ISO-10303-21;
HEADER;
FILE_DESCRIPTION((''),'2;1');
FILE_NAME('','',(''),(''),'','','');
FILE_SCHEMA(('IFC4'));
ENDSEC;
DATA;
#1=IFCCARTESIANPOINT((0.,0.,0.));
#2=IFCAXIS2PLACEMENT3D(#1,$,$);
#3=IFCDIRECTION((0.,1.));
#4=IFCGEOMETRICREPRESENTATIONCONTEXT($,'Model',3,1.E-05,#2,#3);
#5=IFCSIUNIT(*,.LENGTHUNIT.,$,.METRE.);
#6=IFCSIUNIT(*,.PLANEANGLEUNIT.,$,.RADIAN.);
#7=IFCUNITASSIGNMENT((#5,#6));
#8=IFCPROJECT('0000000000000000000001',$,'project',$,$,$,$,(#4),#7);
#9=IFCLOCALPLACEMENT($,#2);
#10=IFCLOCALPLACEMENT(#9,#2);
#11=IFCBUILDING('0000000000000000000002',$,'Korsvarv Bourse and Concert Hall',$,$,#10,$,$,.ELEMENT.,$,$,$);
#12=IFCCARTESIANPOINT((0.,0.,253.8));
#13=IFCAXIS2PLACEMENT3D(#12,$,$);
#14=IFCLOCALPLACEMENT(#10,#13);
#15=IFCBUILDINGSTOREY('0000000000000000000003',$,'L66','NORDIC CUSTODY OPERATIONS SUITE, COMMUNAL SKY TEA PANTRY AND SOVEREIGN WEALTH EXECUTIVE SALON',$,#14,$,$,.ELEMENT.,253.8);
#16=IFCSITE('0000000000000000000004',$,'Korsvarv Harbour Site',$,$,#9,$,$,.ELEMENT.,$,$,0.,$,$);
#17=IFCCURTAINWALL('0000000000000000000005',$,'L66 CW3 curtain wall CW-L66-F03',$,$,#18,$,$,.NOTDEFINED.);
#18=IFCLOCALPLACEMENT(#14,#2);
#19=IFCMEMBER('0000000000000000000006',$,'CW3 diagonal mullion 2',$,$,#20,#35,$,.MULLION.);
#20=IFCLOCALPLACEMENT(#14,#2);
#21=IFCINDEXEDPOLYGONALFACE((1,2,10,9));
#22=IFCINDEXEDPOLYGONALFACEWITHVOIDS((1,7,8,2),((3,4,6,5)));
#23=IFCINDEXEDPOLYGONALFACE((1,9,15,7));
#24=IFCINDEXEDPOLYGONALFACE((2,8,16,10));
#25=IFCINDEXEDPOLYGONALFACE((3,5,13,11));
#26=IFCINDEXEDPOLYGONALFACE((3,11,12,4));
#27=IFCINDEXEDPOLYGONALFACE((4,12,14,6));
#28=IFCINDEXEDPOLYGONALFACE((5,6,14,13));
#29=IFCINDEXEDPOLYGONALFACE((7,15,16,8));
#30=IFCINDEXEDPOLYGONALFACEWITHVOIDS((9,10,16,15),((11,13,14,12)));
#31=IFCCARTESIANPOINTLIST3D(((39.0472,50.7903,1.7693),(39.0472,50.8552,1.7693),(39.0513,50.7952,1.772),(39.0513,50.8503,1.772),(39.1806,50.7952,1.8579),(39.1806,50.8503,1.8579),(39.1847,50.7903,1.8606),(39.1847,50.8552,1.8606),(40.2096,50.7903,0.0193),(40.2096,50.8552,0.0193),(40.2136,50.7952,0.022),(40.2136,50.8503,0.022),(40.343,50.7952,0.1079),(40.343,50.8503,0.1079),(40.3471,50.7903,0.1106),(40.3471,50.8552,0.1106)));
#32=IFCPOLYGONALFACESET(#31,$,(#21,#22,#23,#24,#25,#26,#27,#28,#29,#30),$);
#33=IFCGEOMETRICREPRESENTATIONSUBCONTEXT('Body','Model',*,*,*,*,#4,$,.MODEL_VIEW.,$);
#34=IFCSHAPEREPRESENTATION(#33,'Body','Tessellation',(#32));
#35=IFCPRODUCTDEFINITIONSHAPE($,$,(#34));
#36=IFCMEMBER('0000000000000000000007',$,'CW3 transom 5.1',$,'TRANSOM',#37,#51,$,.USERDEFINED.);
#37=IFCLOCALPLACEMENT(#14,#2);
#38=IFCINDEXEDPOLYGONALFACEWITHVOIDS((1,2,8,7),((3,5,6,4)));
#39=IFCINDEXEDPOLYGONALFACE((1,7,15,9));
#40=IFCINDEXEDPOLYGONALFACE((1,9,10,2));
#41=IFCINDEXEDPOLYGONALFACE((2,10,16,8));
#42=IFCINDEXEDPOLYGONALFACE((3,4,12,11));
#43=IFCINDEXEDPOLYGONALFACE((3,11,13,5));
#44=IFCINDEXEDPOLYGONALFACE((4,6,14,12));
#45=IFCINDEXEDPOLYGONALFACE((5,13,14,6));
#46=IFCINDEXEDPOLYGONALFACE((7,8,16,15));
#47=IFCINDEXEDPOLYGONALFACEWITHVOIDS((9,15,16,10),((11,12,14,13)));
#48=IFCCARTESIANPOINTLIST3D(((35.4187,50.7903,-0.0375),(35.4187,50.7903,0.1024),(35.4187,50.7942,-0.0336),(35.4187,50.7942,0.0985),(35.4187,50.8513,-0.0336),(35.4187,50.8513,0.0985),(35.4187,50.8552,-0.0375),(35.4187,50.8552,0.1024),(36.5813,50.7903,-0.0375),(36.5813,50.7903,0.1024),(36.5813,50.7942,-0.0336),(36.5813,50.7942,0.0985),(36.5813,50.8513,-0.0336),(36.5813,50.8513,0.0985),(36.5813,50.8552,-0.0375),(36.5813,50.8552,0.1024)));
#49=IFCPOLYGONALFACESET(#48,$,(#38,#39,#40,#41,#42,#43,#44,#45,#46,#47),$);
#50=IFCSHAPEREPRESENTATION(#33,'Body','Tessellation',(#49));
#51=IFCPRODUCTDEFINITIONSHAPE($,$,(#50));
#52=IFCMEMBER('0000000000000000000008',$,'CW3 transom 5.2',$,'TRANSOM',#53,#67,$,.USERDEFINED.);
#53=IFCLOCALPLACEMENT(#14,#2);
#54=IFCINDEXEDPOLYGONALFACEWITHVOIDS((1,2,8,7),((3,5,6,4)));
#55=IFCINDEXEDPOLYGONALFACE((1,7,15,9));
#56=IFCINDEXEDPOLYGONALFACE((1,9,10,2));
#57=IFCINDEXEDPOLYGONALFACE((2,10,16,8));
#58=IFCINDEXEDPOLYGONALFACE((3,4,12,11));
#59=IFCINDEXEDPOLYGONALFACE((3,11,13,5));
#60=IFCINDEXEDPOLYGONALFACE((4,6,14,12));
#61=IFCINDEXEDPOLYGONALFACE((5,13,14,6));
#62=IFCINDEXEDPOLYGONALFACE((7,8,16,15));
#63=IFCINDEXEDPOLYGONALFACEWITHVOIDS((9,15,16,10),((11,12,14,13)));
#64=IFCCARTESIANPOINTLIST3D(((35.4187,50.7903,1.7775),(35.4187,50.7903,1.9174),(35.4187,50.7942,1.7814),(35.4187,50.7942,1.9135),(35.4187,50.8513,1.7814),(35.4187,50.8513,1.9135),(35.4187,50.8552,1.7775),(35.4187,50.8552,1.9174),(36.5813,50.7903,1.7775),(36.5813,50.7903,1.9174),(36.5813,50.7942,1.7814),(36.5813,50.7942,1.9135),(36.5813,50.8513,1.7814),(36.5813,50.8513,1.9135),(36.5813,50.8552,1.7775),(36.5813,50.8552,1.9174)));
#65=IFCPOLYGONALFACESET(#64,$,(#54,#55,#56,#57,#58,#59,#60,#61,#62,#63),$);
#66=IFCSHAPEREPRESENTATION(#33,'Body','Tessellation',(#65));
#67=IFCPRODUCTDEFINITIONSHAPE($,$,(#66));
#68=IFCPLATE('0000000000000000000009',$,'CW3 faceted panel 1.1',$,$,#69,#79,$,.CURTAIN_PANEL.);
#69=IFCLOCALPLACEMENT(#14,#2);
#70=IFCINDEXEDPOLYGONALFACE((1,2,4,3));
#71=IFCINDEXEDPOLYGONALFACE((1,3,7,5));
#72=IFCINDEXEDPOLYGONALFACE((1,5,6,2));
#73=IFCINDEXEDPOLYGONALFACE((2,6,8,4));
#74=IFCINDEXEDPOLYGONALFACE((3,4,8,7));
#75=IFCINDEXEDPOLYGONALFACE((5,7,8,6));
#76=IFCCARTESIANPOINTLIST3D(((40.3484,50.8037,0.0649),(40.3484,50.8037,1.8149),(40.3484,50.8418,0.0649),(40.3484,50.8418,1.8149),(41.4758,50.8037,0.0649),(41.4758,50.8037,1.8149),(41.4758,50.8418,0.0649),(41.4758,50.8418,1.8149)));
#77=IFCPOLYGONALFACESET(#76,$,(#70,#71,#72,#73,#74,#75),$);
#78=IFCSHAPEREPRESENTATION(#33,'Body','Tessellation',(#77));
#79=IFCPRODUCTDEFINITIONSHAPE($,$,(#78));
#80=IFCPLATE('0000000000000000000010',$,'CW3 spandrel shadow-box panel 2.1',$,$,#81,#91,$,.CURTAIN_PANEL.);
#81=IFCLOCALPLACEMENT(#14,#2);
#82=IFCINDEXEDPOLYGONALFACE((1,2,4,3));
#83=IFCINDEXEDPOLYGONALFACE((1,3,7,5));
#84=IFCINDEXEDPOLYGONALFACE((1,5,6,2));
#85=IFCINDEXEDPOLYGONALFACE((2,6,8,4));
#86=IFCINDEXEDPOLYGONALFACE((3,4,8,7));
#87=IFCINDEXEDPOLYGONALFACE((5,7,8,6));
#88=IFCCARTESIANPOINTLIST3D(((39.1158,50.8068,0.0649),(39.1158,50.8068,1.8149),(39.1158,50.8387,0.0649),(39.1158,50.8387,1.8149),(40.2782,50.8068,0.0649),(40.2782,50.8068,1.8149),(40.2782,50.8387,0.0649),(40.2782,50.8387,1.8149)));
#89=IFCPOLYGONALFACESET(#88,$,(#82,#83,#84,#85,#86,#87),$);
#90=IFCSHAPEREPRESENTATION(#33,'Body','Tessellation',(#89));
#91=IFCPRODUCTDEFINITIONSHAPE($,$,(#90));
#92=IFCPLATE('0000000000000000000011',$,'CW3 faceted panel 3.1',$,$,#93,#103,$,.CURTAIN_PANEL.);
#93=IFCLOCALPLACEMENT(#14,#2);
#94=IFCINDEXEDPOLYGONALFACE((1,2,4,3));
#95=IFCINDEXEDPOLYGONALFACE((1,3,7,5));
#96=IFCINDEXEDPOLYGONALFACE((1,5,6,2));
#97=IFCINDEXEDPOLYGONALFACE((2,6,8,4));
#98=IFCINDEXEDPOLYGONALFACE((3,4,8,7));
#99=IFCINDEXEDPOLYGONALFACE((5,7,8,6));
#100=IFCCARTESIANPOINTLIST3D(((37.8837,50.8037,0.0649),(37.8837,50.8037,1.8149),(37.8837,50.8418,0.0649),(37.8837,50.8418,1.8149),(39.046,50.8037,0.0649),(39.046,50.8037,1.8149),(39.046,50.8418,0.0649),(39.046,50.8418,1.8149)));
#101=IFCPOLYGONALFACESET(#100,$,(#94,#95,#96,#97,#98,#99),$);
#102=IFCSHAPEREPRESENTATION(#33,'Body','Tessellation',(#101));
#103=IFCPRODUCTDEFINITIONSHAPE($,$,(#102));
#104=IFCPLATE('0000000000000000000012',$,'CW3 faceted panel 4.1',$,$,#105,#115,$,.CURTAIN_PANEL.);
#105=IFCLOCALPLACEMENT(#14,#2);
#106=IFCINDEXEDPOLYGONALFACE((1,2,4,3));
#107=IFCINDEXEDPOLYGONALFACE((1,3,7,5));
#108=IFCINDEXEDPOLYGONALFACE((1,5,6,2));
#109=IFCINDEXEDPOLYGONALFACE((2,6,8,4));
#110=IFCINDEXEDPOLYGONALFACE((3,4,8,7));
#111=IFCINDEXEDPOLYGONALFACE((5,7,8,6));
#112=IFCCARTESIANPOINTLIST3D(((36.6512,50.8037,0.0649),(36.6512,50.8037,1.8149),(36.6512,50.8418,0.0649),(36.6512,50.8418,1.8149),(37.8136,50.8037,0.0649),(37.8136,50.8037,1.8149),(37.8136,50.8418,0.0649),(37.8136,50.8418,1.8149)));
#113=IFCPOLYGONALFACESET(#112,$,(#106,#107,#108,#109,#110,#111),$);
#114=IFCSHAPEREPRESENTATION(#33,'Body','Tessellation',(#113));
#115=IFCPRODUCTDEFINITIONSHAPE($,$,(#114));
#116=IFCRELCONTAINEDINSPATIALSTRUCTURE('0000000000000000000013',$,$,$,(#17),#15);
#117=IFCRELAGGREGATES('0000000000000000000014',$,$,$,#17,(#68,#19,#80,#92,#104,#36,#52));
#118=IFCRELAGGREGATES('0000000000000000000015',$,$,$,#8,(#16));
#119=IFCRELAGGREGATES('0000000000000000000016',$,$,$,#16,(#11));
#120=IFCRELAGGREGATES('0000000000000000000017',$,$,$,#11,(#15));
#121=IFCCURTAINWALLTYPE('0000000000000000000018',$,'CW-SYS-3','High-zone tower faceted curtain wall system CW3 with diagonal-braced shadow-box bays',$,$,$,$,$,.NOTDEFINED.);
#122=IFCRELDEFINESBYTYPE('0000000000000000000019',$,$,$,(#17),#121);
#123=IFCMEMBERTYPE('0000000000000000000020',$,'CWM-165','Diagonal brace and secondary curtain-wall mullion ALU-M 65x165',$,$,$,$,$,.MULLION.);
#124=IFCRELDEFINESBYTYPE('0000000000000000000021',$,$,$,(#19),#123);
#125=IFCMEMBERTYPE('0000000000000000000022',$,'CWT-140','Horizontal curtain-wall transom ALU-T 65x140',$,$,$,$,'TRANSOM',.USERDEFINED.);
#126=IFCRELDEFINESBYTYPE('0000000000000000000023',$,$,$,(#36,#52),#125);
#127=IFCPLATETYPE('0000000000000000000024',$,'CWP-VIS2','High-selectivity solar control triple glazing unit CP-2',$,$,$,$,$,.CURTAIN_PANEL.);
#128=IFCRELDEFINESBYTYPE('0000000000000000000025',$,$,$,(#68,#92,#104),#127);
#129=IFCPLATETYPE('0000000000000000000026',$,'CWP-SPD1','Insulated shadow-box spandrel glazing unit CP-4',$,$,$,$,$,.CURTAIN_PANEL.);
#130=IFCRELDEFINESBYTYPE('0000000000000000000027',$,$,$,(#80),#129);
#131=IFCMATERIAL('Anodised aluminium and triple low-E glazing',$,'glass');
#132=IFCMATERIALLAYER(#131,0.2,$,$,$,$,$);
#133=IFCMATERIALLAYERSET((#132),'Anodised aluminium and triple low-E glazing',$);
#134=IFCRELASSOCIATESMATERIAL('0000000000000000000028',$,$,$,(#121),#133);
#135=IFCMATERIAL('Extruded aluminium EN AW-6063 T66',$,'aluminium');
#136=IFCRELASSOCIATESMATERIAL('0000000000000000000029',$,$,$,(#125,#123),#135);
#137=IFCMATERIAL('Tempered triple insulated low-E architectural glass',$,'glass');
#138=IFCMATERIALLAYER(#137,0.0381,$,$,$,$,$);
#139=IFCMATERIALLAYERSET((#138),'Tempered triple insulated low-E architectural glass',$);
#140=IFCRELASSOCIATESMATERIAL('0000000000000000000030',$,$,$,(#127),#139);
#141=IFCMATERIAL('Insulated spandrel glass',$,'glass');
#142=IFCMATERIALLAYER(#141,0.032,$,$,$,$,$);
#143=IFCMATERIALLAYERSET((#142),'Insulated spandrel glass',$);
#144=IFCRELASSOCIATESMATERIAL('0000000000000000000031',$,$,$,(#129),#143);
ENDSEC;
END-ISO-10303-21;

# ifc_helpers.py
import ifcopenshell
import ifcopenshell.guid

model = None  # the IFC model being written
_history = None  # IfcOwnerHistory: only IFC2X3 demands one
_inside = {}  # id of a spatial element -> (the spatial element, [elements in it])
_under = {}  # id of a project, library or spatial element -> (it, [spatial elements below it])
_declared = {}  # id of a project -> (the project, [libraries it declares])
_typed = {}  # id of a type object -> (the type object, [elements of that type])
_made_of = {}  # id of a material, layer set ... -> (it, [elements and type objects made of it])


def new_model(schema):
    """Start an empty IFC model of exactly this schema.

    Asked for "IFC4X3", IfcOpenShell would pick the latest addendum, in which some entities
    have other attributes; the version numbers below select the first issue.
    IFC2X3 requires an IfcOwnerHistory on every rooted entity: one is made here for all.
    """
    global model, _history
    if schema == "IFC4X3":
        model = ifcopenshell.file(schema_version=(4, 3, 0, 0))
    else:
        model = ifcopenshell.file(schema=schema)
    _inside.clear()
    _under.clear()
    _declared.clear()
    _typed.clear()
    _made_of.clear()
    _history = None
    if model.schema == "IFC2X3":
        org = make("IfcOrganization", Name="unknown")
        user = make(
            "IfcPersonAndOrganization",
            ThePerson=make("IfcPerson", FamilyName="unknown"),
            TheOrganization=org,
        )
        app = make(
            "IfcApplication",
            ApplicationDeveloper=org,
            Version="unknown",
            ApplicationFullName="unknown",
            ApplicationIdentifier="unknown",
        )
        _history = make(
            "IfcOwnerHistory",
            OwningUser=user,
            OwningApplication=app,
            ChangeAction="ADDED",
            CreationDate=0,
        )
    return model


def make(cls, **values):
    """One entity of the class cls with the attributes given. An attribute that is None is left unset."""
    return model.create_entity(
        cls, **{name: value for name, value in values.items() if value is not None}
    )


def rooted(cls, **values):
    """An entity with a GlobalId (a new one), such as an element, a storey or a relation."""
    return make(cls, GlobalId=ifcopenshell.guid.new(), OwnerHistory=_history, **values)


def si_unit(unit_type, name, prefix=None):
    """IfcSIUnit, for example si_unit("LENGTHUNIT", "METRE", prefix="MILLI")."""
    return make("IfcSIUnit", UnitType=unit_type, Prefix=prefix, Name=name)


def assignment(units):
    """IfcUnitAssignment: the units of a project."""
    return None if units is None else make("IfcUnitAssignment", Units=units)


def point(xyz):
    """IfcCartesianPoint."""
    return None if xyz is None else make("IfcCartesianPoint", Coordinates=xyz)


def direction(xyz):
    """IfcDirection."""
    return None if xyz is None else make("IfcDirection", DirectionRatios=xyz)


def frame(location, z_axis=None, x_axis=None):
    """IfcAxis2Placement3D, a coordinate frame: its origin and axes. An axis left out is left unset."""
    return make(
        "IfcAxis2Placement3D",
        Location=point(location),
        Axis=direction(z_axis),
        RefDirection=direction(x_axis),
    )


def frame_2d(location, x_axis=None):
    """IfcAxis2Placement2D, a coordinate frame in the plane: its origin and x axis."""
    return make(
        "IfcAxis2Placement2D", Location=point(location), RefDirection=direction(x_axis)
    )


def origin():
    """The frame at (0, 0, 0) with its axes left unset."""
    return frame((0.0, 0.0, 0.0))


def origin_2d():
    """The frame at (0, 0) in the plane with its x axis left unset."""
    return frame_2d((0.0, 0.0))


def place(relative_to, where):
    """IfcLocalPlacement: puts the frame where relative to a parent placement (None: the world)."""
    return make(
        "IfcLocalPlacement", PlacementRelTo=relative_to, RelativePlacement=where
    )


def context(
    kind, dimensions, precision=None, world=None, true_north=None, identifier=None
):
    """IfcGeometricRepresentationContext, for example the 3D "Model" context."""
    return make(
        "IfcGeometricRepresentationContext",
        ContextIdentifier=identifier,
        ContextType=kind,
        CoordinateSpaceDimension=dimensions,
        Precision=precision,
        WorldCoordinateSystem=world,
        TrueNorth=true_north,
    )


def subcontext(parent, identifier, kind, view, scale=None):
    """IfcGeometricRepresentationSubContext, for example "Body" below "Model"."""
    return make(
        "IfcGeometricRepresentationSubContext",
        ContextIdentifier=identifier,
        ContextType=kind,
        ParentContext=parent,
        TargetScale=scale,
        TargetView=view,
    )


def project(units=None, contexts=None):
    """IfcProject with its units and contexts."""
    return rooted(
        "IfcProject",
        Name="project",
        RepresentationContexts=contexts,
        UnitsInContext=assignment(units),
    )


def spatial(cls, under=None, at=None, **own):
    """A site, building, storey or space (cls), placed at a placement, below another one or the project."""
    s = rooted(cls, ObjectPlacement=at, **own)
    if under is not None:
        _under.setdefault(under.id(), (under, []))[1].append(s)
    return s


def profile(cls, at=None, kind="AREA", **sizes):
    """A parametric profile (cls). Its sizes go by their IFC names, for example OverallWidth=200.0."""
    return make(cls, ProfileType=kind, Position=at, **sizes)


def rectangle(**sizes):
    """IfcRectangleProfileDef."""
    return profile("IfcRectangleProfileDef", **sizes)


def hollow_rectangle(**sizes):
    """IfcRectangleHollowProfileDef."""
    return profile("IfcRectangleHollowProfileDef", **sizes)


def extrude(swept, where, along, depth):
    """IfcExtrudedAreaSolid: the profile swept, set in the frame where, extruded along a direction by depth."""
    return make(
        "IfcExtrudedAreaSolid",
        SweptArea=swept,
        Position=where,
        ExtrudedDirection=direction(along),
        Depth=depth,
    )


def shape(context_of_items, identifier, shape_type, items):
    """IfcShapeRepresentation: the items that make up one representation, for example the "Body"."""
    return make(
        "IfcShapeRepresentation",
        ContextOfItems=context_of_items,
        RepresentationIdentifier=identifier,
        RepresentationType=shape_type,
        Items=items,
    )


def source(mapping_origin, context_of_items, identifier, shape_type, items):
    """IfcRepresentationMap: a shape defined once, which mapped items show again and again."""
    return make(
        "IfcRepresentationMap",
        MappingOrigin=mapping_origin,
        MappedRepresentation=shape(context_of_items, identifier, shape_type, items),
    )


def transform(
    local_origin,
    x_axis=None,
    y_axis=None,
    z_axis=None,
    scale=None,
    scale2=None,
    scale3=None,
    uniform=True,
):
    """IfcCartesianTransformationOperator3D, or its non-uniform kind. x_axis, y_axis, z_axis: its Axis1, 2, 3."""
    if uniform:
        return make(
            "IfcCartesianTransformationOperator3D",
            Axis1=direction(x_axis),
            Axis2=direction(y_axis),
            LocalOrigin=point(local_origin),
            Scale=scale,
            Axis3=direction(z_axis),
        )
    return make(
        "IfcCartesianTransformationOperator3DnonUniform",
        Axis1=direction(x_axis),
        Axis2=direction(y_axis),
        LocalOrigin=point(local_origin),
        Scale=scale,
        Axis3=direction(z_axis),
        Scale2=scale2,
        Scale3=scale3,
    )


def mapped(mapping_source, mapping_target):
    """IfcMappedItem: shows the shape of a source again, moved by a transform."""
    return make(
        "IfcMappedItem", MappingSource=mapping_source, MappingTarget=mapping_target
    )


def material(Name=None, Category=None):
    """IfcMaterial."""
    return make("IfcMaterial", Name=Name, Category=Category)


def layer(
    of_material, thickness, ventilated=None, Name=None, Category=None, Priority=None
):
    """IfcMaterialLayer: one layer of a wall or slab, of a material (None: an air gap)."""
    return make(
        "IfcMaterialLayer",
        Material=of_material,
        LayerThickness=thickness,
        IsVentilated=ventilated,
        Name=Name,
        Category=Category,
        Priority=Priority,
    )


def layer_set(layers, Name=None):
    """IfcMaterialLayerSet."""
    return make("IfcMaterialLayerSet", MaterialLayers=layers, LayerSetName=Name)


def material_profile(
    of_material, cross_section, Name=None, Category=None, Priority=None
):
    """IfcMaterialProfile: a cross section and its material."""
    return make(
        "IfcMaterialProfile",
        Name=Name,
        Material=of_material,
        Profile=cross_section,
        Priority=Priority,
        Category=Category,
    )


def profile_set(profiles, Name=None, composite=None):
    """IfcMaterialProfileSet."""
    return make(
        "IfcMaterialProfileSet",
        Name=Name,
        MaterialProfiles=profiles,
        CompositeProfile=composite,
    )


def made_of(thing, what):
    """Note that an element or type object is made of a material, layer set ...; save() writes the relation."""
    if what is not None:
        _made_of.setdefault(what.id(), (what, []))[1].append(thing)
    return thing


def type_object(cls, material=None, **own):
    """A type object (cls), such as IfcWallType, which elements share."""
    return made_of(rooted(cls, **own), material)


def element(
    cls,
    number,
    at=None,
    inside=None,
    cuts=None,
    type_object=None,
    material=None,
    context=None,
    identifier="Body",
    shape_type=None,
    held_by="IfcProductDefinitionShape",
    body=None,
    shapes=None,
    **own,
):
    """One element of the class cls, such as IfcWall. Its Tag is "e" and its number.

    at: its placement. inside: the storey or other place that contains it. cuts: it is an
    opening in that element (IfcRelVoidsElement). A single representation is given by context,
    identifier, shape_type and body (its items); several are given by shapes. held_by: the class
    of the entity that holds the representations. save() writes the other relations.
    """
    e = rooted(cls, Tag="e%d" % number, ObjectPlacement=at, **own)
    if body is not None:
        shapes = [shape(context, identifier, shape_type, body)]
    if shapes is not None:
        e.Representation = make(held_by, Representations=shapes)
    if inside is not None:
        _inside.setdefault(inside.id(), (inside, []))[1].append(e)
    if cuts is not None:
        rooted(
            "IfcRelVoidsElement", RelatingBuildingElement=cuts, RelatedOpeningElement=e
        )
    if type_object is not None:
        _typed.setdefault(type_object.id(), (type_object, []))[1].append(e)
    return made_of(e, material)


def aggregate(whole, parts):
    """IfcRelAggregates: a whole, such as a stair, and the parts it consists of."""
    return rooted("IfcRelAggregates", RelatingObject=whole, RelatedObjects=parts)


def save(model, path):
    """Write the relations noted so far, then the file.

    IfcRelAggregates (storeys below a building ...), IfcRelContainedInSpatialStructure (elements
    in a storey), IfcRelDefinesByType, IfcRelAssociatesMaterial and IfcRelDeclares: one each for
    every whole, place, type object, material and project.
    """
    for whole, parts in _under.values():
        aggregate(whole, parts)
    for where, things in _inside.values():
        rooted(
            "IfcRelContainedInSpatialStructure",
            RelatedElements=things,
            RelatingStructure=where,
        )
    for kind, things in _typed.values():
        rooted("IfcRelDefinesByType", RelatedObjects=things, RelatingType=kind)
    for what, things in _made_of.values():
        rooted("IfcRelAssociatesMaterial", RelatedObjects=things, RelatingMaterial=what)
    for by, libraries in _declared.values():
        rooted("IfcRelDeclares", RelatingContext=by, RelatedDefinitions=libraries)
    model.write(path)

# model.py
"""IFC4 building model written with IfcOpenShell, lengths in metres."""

from ifc_helpers import new_model, si_unit, direction, frame, origin, origin_2d, place, context, subcontext, project, spatial, rectangle, hollow_rectangle, extrude, source, transform, mapped, material, layer, layer_set, material_profile, profile_set, type_object, element, aggregate, save


model = new_model("IFC4")

# Units and contexts
model_context = context("Model", 3, precision=1e-05, world=origin(), true_north=direction((0.0, 1.0)))
body_context = subcontext(model_context, "Body", "Model", "MODEL_VIEW")
ifc_project = project(units=[si_unit("LENGTHUNIT", "METRE"), si_unit("PLANEANGLEUNIT", "RADIAN")], contexts=[model_context])

# Site, building, storey
site_placement = place(None, origin())
site = spatial("IfcSite", under=ifc_project, at=site_placement, Name="Korsvarv Harbour Site", CompositionType="ELEMENT", RefElevation=0.0)
building_placement = place(site_placement, origin())
building = spatial("IfcBuilding", under=site, at=building_placement, Name="Korsvarv Bourse and Concert Hall", CompositionType="ELEMENT")
storey_placement = place(building_placement, frame((0.0, 0.0, 253.8)))
storey = spatial("IfcBuildingStorey", under=building, at=storey_placement, Name="L66", Description="NORDIC CUSTODY OPERATIONS SUITE, COMMUNAL SKY TEA PANTRY AND SOVEREIGN WEALTH EXECUTIVE SALON", CompositionType="ELEMENT", Elevation=253.8)

# Curtain wall, members, plates
ifc_material_1 = material(Name="Anodised aluminium and triple low-E glazing", Category="glass")
ifc_layer_1 = layer(ifc_material_1, 0.2)
ifc_layer_set_1 = layer_set([ifc_layer_1], Name="Anodised aluminium and triple low-E glazing")
curtain_wall_type = type_object("IfcCurtainWallType", Name="CW-SYS-3", Description="High-zone tower faceted curtain wall system CW3 with diagonal-braced shadow-box bays", PredefinedType="NOTDEFINED", material=ifc_layer_set_1)
curtain_wall_placement = place(storey_placement, origin())
curtain_wall = element("IfcCurtainWall", 1, at=curtain_wall_placement, inside=storey, type_object=curtain_wall_type, Name="L66 CW3 curtain wall CW-L66-F03", PredefinedType="NOTDEFINED")
ifc_material_2 = material(Name="Extruded aluminium EN AW-6063 T66", Category="aluminium")
ifc_material_profile_1 = material_profile(ifc_material_2, hollow_rectangle(XDim=0.0649, YDim=0.1399, WallThickness=0.0039, at=origin_2d()), Name="ALU-T 65x140")
ifc_profile_set_1 = profile_set([ifc_material_profile_1], Name="Extruded aluminium EN AW-6063 T66")
member_type_1 = type_object("IfcMemberType", Name="CWT-140", Description="Horizontal curtain-wall transom ALU-T 65x140", ElementType="TRANSOM", PredefinedType="USERDEFINED", material=ifc_profile_set_1)
ifc_material_profile_2 = material_profile(ifc_material_2, hollow_rectangle(XDim=0.0649, YDim=0.165, WallThickness=0.0049, at=origin_2d()), Name="ALU-M 65x165")
ifc_profile_set_2 = profile_set([ifc_material_profile_2], Name="Extruded aluminium EN AW-6063 T66")
member_type_2 = type_object("IfcMemberType", Name="CWM-165", Description="Diagonal brace and secondary curtain-wall mullion ALU-M 65x165", PredefinedType="MULLION", material=ifc_profile_set_2)
shared_shape_1 = source(origin(), body_context, "Body", "SweptSolid", [
    extrude(hollow_rectangle(XDim=0.0649, YDim=0.165, WallThickness=0.0049, at=origin_2d()), origin(), (0.0, 0.0, 1.0), 2.1008),
])
member_1_placement = place(storey_placement, frame((40.2783, 50.8228, 0.0649), z_axis=(-0.553278, 0.0, 0.832997), x_axis=(0.0, -1.0, 0.0)))
member_1 = element("IfcMember", 2, at=member_1_placement, type_object=member_type_2, Name="CW3 diagonal mullion 2", PredefinedType="MULLION", context=body_context, shape_type="MappedRepresentation", body=[
    mapped(shared_shape_1, transform((0.0, 0.0, 0.0), scale=1.0)),
])
shared_shape_2 = source(origin(), body_context, "Body", "SweptSolid", [
    extrude(hollow_rectangle(XDim=0.0649, YDim=0.1399, WallThickness=0.0039, at=origin_2d()), origin(), (0.0, 0.0, 1.0), 1.1626),
])
member_2_placement = place(storey_placement, frame((36.5813, 50.8228, 0.0325), z_axis=(-1.0, 0.0, 0.0), x_axis=(0.0, -1.0, 0.0)))
member_2 = element("IfcMember", 3, at=member_2_placement, type_object=member_type_1, Name="CW3 transom 5.1", ObjectType="TRANSOM", PredefinedType="USERDEFINED", context=body_context, shape_type="MappedRepresentation", body=[
    mapped(shared_shape_2, transform((0.0, 0.0, 0.0), scale=1.0)),
])
member_3_placement = place(storey_placement, frame((36.5813, 50.8228, 1.8474), z_axis=(-1.0, 0.0, 0.0), x_axis=(0.0, -1.0, 0.0)))
member_3 = element("IfcMember", 4, at=member_3_placement, type_object=member_type_1, Name="CW3 transom 5.2", ObjectType="TRANSOM", PredefinedType="USERDEFINED", context=body_context, shape_type="MappedRepresentation", body=[
    mapped(shared_shape_2, transform((0.0, 0.0, 0.0), scale=1.0)),
])
ifc_material_3 = material(Name="Tempered triple insulated low-E architectural glass", Category="glass")
ifc_layer_2 = layer(ifc_material_3, 0.0381)
ifc_layer_set_2 = layer_set([ifc_layer_2], Name="Tempered triple insulated low-E architectural glass")
plate_type_1 = type_object("IfcPlateType", Name="CWP-VIS2", Description="High-selectivity solar control triple glazing unit CP-2", PredefinedType="CURTAIN_PANEL", material=ifc_layer_set_2)
shared_shape_3 = source(origin(), body_context, "Body", "SweptSolid", [
    extrude(rectangle(XDim=1.1274, YDim=0.0381, at=origin_2d()), origin(), (0.0, 0.0, 1.0), 1.75),
])
plate_1_placement = place(storey_placement, frame((40.9121, 50.8228, 0.0649), z_axis=(0.0, 0.0, 1.0), x_axis=(-1.0, 0.0, 0.0)))
plate_1 = element("IfcPlate", 5, at=plate_1_placement, type_object=plate_type_1, Name="CW3 faceted panel 1.1", PredefinedType="CURTAIN_PANEL", context=body_context, shape_type="MappedRepresentation", body=[
    mapped(shared_shape_3, transform((0.0, 0.0, 0.0), scale=1.0)),
])
ifc_material_4 = material(Name="Insulated spandrel glass", Category="glass")
ifc_layer_3 = layer(ifc_material_4, 0.032)
ifc_layer_set_3 = layer_set([ifc_layer_3], Name="Insulated spandrel glass")
plate_type_2 = type_object("IfcPlateType", Name="CWP-SPD1", Description="Insulated shadow-box spandrel glazing unit CP-4", PredefinedType="CURTAIN_PANEL", material=ifc_layer_set_3)
shared_shape_4 = source(origin(), body_context, "Body", "SweptSolid", [
    extrude(rectangle(XDim=1.1624, YDim=0.032, at=origin_2d()), origin(), (0.0, 0.0, 1.0), 1.75),
])
plate_2_placement = place(storey_placement, frame((39.697, 50.8228, 0.0649), z_axis=(0.0, 0.0, 1.0), x_axis=(-1.0, 0.0, 0.0)))
plate_2 = element("IfcPlate", 6, at=plate_2_placement, type_object=plate_type_2, Name="CW3 spandrel shadow-box panel 2.1", PredefinedType="CURTAIN_PANEL", context=body_context, shape_type="MappedRepresentation", body=[
    mapped(shared_shape_4, transform((0.0, 0.0, 0.0), scale=1.0)),
])
shared_shape_5 = source(origin(), body_context, "Body", "SweptSolid", [
    extrude(rectangle(XDim=1.1624, YDim=0.0381, at=origin_2d()), origin(), (0.0, 0.0, 1.0), 1.75),
])
plate_3_placement = place(storey_placement, frame((38.4648, 50.8228, 0.0649), z_axis=(0.0, 0.0, 1.0), x_axis=(-1.0, 0.0, 0.0)))
plate_3 = element("IfcPlate", 7, at=plate_3_placement, type_object=plate_type_1, Name="CW3 faceted panel 3.1", PredefinedType="CURTAIN_PANEL", context=body_context, shape_type="MappedRepresentation", body=[
    mapped(shared_shape_5, transform((0.0, 0.0, 0.0), scale=1.0)),
])
plate_4_placement = place(storey_placement, frame((37.2324, 50.8228, 0.0649), z_axis=(0.0, 0.0, 1.0), x_axis=(-1.0, 0.0, 0.0)))
plate_4 = element("IfcPlate", 8, at=plate_4_placement, type_object=plate_type_1, Name="CW3 faceted panel 4.1", PredefinedType="CURTAIN_PANEL", context=body_context, shape_type="MappedRepresentation", body=[
    mapped(shared_shape_5, transform((0.0, 0.0, 0.0), scale=1.0)),
])
aggregate(curtain_wall, [plate_1, member_1, plate_2, plate_3, plate_4, member_2, member_3])

save(model, "model.ifc")
